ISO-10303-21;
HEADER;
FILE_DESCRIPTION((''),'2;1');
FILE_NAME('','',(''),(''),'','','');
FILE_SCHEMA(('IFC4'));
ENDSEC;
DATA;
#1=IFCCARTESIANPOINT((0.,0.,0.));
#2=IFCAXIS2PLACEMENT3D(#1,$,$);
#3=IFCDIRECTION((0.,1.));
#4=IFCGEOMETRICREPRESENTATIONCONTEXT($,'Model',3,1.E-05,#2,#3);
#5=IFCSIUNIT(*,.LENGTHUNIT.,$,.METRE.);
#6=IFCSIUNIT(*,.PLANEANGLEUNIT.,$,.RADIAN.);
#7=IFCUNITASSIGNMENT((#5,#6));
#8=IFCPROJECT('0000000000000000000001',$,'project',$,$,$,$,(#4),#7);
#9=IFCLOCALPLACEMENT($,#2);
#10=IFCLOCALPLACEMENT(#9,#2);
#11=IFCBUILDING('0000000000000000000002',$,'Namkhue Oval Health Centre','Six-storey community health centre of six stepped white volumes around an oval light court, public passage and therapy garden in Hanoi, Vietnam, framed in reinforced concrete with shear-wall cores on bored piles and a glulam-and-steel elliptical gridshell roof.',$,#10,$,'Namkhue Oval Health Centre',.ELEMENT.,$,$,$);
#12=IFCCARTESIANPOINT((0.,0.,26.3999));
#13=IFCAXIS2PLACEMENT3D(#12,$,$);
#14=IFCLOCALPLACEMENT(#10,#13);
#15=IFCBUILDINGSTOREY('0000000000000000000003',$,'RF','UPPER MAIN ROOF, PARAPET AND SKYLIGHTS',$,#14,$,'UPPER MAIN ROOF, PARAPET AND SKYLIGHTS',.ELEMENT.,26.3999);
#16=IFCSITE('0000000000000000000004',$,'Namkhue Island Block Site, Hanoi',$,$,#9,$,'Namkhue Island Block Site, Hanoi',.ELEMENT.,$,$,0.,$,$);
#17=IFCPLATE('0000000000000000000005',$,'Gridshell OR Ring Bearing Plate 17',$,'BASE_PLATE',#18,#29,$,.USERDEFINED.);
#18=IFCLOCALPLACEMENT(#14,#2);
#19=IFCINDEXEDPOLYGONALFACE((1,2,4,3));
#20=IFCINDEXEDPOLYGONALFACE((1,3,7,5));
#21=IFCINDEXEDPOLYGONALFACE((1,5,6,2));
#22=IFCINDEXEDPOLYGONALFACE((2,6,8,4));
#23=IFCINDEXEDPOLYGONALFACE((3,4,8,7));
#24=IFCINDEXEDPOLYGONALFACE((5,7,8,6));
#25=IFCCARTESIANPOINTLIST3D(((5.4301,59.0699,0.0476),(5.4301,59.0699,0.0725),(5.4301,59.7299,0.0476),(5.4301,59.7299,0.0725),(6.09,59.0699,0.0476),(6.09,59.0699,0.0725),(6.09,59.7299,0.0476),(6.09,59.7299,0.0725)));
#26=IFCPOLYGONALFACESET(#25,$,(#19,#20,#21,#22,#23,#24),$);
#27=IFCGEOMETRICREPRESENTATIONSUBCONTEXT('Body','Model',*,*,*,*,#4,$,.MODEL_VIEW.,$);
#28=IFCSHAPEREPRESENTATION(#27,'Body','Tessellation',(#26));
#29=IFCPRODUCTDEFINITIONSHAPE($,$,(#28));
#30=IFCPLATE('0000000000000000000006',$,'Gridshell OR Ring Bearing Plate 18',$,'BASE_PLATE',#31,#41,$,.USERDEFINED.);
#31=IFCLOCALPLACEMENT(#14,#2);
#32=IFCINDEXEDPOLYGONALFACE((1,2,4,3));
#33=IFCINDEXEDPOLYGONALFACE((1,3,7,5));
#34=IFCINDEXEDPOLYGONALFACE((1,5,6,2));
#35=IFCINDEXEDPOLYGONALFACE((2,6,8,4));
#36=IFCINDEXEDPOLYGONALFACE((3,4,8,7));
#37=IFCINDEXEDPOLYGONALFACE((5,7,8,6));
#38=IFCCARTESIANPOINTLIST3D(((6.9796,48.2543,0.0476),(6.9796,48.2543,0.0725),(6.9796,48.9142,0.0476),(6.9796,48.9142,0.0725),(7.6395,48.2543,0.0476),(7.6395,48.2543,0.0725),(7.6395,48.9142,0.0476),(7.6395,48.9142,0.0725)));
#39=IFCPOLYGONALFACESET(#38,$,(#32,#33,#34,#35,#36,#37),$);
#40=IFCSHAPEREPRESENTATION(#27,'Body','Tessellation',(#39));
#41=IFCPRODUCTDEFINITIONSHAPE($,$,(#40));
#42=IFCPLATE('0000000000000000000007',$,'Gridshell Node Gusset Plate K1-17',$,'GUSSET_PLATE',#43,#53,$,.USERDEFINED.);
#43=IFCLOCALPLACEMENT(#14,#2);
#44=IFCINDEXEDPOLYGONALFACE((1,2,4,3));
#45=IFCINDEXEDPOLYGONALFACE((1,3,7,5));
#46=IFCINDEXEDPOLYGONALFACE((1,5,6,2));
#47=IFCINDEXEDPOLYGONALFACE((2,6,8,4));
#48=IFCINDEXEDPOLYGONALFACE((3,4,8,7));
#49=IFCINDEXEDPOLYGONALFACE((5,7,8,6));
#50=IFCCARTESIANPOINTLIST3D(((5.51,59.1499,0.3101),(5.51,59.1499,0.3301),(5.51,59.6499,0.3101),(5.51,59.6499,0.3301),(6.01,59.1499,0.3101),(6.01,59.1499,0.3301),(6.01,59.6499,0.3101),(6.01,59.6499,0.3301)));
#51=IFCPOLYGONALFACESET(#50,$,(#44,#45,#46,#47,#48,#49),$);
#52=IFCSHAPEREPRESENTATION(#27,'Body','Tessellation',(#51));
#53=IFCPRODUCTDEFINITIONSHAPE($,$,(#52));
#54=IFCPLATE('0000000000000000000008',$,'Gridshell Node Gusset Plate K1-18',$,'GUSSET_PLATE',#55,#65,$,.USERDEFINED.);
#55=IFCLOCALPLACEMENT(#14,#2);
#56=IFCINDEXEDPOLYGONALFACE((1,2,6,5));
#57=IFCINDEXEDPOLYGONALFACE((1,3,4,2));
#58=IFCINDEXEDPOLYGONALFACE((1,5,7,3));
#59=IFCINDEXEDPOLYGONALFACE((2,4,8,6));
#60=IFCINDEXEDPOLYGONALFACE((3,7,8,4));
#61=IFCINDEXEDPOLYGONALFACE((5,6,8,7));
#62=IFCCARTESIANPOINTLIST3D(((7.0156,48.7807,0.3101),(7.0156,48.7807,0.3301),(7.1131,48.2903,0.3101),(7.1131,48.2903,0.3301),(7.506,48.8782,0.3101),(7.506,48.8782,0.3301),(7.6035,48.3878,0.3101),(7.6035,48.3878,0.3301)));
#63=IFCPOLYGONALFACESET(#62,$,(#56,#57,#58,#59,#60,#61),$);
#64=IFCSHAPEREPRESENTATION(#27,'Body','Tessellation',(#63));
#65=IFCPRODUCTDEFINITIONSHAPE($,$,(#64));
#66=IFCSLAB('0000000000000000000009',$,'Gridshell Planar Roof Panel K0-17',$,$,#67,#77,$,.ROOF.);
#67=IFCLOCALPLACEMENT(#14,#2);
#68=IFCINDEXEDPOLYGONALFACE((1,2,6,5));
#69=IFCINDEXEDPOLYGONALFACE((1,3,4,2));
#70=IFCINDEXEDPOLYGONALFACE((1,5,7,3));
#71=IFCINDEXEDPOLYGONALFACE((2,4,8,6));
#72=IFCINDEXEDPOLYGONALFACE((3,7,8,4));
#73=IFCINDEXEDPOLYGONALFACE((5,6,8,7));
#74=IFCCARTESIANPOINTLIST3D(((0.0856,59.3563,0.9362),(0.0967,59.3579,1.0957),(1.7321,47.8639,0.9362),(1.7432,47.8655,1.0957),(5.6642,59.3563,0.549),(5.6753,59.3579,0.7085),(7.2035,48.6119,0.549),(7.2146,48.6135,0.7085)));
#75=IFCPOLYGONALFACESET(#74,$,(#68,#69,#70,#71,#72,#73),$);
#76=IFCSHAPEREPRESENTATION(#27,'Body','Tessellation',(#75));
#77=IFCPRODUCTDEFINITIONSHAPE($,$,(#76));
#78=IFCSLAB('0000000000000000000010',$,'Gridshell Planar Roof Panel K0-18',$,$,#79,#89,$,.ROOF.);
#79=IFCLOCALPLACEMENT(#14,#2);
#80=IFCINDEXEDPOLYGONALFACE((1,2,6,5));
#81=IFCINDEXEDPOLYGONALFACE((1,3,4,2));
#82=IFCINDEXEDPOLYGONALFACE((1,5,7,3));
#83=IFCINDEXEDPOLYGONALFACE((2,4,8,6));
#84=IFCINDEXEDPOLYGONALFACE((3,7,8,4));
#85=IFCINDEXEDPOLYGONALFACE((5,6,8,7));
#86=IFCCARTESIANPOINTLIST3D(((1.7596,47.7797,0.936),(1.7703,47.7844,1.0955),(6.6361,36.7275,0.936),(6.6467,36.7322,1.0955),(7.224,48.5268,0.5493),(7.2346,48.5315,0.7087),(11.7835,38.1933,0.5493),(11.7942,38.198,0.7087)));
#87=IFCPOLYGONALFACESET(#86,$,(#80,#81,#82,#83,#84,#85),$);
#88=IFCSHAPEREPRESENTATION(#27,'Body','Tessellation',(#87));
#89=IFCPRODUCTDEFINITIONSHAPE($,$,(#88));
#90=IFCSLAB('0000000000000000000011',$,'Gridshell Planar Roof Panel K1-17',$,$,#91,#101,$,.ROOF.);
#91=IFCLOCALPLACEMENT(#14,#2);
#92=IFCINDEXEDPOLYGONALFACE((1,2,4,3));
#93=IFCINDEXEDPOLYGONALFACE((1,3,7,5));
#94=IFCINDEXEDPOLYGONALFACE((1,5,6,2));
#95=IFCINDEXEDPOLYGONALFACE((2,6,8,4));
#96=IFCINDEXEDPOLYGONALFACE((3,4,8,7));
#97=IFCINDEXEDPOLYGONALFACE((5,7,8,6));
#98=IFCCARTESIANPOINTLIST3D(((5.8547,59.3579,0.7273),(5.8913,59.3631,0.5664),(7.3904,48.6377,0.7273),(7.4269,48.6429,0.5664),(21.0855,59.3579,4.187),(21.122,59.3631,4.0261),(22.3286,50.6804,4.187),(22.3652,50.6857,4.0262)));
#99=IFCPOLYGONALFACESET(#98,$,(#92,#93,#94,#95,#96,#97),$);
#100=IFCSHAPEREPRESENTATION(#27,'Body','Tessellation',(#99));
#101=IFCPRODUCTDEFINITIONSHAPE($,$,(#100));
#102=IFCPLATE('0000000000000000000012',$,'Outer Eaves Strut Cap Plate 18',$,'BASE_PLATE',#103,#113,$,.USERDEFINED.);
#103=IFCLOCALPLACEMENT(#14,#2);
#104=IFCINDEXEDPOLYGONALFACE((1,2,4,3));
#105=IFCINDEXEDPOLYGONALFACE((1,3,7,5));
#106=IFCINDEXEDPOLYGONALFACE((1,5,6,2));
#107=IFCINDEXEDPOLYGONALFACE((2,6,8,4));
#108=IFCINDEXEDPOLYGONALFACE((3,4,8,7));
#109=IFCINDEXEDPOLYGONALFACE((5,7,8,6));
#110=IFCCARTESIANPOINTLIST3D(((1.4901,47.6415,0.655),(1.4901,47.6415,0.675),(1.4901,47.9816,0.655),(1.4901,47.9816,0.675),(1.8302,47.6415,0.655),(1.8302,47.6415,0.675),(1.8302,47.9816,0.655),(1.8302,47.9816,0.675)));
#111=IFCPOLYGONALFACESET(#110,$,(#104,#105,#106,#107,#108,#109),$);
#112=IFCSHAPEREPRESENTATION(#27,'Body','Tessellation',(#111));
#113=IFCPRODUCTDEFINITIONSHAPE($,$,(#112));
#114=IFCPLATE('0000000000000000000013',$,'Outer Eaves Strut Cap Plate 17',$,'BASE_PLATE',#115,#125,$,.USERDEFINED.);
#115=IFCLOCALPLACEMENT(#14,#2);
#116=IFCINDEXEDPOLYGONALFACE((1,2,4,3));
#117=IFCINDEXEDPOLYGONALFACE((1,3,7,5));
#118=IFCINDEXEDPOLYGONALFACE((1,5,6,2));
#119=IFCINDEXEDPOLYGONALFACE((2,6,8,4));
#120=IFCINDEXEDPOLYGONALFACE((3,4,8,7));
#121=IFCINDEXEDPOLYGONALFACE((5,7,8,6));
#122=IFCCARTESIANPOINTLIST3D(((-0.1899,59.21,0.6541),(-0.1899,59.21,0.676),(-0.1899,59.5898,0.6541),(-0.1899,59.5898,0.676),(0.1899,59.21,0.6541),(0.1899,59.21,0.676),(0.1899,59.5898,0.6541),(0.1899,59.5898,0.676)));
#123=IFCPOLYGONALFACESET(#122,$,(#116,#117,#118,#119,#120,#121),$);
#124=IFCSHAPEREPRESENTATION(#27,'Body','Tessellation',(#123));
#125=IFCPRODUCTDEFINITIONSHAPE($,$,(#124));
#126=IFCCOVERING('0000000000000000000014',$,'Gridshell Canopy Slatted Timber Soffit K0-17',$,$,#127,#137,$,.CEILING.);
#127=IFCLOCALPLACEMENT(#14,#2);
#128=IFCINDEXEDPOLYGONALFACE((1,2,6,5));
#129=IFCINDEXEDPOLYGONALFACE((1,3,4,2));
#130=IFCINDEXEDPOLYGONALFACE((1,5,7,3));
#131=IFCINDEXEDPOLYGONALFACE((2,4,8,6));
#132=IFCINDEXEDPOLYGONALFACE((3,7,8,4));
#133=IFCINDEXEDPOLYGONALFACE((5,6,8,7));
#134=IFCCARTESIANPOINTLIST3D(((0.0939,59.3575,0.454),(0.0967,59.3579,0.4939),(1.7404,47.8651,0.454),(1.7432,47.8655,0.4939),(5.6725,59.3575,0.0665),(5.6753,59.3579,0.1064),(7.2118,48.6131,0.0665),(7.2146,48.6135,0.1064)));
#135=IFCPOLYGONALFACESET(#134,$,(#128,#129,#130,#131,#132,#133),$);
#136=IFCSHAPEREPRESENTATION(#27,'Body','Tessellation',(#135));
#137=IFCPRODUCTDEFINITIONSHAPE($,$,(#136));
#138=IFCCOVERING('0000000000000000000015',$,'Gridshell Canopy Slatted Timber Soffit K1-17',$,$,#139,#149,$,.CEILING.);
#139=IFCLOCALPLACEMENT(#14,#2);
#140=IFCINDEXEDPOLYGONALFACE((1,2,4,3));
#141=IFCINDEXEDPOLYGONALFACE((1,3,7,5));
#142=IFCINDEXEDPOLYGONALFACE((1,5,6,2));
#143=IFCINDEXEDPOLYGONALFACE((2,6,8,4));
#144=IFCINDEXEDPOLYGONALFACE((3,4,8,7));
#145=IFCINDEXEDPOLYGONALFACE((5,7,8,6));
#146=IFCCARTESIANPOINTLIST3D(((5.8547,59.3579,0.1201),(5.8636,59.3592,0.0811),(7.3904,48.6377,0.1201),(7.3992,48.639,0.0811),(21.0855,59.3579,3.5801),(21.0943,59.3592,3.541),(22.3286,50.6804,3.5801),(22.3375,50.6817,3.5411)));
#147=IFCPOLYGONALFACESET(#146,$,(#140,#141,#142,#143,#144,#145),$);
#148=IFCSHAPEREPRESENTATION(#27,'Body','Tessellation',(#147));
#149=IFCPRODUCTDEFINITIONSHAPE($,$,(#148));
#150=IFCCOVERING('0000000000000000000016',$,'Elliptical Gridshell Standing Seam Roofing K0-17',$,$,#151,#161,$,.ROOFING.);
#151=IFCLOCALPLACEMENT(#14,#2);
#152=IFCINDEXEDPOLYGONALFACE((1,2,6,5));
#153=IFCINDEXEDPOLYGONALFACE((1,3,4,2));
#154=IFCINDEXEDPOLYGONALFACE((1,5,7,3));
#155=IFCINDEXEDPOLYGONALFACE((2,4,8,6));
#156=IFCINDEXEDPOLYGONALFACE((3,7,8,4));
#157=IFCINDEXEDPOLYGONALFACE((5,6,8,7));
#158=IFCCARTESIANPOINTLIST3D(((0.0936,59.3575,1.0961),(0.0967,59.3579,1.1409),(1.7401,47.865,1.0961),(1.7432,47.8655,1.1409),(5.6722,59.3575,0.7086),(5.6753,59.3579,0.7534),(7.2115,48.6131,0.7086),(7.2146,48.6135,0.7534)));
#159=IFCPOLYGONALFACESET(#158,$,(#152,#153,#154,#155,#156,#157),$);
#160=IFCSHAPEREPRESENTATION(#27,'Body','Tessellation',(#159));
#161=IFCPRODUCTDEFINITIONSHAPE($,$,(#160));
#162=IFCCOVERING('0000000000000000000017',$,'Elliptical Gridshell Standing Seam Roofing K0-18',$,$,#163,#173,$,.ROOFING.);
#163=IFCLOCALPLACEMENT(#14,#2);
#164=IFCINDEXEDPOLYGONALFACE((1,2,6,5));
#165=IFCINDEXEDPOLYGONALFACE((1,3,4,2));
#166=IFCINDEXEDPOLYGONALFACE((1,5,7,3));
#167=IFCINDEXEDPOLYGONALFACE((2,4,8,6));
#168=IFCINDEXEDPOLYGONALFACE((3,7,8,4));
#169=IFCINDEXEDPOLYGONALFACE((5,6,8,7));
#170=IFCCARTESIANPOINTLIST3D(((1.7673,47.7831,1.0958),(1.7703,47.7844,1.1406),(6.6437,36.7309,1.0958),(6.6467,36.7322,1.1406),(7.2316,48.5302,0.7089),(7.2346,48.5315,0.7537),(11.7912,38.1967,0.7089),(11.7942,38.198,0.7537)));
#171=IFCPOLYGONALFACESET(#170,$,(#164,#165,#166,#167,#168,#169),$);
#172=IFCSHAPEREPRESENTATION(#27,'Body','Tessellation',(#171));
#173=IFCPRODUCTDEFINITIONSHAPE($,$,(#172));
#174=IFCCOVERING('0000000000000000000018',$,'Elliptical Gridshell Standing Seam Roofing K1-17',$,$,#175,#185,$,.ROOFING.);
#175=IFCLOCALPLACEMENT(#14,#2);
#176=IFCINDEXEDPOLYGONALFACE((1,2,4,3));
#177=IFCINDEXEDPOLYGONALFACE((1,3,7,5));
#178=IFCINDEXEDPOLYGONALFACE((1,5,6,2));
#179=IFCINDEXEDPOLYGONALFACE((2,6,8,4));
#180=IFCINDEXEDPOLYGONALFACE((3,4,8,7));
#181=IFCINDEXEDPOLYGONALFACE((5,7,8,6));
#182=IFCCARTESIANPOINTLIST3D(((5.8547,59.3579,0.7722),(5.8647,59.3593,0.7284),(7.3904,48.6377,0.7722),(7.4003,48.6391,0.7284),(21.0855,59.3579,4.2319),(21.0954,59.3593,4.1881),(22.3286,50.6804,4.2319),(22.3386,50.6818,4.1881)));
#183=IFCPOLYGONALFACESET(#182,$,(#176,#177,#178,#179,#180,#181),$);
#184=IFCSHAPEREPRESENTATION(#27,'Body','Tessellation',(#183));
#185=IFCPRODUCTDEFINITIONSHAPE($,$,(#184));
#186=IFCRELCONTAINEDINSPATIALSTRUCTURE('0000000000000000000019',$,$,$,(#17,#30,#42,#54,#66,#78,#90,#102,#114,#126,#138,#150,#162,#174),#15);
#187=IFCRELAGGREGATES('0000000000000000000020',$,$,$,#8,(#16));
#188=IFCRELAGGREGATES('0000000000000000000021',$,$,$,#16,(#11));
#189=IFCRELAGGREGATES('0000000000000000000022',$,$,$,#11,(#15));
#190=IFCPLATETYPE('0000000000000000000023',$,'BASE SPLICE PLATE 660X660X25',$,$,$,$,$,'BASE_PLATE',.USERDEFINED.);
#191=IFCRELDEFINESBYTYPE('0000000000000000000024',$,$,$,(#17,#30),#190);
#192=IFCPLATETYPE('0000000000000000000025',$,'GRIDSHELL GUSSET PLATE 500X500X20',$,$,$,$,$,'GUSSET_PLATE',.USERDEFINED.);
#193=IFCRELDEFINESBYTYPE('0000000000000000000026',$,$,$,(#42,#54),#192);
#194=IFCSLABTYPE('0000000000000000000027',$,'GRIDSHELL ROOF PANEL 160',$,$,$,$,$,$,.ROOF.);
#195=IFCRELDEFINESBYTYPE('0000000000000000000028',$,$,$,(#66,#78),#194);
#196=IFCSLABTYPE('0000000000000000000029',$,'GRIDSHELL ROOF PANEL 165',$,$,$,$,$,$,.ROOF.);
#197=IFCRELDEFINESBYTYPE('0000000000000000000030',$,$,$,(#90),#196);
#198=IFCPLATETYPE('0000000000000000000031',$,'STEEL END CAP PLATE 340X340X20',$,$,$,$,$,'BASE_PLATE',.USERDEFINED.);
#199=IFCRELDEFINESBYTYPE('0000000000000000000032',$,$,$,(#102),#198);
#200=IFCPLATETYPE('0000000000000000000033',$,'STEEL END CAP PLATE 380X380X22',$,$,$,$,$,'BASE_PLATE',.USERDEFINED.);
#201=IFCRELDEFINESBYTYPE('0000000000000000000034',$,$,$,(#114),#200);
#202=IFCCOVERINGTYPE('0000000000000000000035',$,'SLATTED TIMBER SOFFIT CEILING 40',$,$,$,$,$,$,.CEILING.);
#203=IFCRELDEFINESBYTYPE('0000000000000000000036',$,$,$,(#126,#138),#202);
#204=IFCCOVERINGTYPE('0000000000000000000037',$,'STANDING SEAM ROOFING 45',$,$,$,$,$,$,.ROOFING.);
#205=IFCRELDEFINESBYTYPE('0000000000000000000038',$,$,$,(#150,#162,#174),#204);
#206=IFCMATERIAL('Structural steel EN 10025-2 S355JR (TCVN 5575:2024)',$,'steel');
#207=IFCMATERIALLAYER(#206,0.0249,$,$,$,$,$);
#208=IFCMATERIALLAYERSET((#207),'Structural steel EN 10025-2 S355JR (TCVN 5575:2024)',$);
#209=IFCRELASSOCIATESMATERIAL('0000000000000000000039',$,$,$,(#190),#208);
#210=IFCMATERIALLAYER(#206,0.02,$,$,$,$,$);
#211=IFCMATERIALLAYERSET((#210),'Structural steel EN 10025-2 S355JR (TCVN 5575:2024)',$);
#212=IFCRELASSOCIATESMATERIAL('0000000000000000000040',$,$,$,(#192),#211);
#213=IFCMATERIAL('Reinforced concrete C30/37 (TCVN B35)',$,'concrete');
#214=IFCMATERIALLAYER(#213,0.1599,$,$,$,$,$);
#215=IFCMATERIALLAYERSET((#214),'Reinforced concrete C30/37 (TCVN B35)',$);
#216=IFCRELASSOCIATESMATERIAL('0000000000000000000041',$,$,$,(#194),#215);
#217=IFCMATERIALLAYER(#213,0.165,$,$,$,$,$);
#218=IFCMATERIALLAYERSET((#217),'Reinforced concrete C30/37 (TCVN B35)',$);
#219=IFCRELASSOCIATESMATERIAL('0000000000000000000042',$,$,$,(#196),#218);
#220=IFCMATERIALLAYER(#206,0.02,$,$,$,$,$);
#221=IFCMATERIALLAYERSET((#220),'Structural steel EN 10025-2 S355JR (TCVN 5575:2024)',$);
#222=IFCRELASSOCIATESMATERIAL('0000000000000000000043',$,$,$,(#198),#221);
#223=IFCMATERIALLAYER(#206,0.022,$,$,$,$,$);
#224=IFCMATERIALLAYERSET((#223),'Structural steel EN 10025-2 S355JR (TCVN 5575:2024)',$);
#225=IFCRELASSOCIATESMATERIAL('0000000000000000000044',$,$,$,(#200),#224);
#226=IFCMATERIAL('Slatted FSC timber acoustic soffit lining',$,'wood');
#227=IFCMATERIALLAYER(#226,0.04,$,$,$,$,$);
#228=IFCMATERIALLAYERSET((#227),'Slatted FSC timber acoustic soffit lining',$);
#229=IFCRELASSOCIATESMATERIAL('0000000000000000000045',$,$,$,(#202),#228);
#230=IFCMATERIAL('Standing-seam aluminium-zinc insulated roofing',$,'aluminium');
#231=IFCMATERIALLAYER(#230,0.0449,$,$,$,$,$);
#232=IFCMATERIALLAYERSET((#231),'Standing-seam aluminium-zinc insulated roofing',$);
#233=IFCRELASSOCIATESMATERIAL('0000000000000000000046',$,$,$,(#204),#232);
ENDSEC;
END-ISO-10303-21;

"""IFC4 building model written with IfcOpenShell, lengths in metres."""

from ifc_helpers import new_model, si_unit, direction, frame, origin, origin_2d, place, context, subcontext, project, spatial, polyline, rectangle, outline, extrude, material, layer, layer_set, type_object, element, save


model = new_model("IFC4")

# Units and contexts
model_context = context("Model", 3, precision=1e-05, world=origin(), true_north=direction((0.0, 1.0)))
body_context = subcontext(model_context, "Body", "Model", "MODEL_VIEW")
ifc_project = project(units=[si_unit("LENGTHUNIT", "METRE"), si_unit("PLANEANGLEUNIT", "RADIAN")], contexts=[model_context])

# Site, building, storey
site_placement = place(None, origin())
site = spatial("IfcSite", under=ifc_project, at=site_placement, Name="Namkhue Island Block Site, Hanoi", LongName="Namkhue Island Block Site, Hanoi", CompositionType="ELEMENT", RefElevation=0.0)
building_placement = place(site_placement, origin())
building = spatial("IfcBuilding", under=site, at=building_placement, Name="Namkhue Oval Health Centre", Description="Six-storey community health centre of six stepped white volumes around an oval light court, public passage and therapy garden in Hanoi, Vietnam, framed in reinforced concrete with shear-wall cores on bored piles and a glulam-and-steel elliptical gridshell roof.", LongName="Namkhue Oval Health Centre", CompositionType="ELEMENT")
storey_placement = place(building_placement, frame((0.0, 0.0, 26.3999)))
storey = spatial("IfcBuildingStorey", under=building, at=storey_placement, Name="RF", Description="UPPER MAIN ROOF, PARAPET AND SKYLIGHTS", LongName="UPPER MAIN ROOF, PARAPET AND SKYLIGHTS", CompositionType="ELEMENT", Elevation=26.3999)

# Shared definitions
ifc_material_1 = material(Name="Structural steel EN 10025-2 S355JR (TCVN 5575:2024)", Category="steel")

# Plates
ifc_layer_1 = layer(ifc_material_1, 0.0249)
ifc_layer_set_1 = layer_set([ifc_layer_1], Name="Structural steel EN 10025-2 S355JR (TCVN 5575:2024)")
plate_type_1 = type_object("IfcPlateType", Name="BASE SPLICE PLATE 660X660X25", ElementType="BASE_PLATE", PredefinedType="USERDEFINED", material=ifc_layer_set_1)
for number, where, z_axis, x_axis, name in (
    (1, (5.76, 59.3999, 0.0476), (0.0, 0.0, 1.0), (1.0, 0.0, 0.0), "Gridshell OR Ring Bearing Plate 17"),
    (2, (7.3096, 48.5842, 0.0476), (0.0, 0.0, 1.0), (1.0, 0.0, 0.0), "Gridshell OR Ring Bearing Plate 18"),
):
    element("IfcPlate", number, at=place(storey_placement, frame(where, z_axis=z_axis, x_axis=x_axis)), inside=storey, type_object=plate_type_1, Name=name, ObjectType="BASE_PLATE", PredefinedType="USERDEFINED", context=body_context, shape_type="SweptSolid", body=[
        extrude(rectangle(XDim=0.6599, YDim=0.6599, at=origin_2d()), origin(), (0.0, 0.0, 1.0), 0.0249),
    ])
ifc_layer_2 = layer(ifc_material_1, 0.02)
ifc_layer_set_2 = layer_set([ifc_layer_2], Name="Structural steel EN 10025-2 S355JR (TCVN 5575:2024)")
plate_type_2 = type_object("IfcPlateType", Name="GRIDSHELL GUSSET PLATE 500X500X20", ElementType="GUSSET_PLATE", PredefinedType="USERDEFINED", material=ifc_layer_set_2)
for number, where, z_axis, x_axis, name in (
    (3, (5.76, 59.3999, 0.3101), (0.0, 0.0, 1.0), (-1.0, 0.0, 0.0), "Gridshell Node Gusset Plate K1-17"),
    (4, (7.3096, 48.5842, 0.3101), (0.0, 0.0, 1.0), (-0.980785, -0.19509, 0.0), "Gridshell Node Gusset Plate K1-18"),
):
    element("IfcPlate", number, at=place(storey_placement, frame(where, z_axis=z_axis, x_axis=x_axis)), inside=storey, type_object=plate_type_2, Name=name, ObjectType="GUSSET_PLATE", PredefinedType="USERDEFINED", context=body_context, shape_type="SweptSolid", body=[
        extrude(rectangle(XDim=0.5, YDim=0.5, at=origin_2d()), origin(), (0.0, 0.0, 1.0), 0.02),
    ])

# Slabs
ifc_material_2 = material(Name="Reinforced concrete C30/37 (TCVN B35)", Category="concrete")
ifc_layer_3 = layer(ifc_material_2, 0.1599)
ifc_layer_set_3 = layer_set([ifc_layer_3], Name="Reinforced concrete C30/37 (TCVN B35)")
slab_type_1 = type_object("IfcSlabType", Name="GRIDSHELL ROOF PANEL 160", PredefinedType="ROOF", material=ifc_layer_set_3)
slab_1_placement = place(storey_placement, frame((0.0967, 59.3579, 1.0957), z_axis=(0.069239, 0.00992, 0.997551), x_axis=(0.141819, -0.989893, 0.0)))
element("IfcSlab", 5, at=slab_1_placement, inside=storey, type_object=slab_type_1, Name="Gridshell Planar Roof Panel K0-17", PredefinedType="ROOF", context=body_context, shape_type="SweptSolid", body=[
    extrude(outline(polyline([(0.0, 0.0), (11.6098, 0.0), (11.6452, 5.5358), (0.7912, 5.5358), (0.0, 0.0)])), origin(), (0.0, 0.0, -1.0), 0.1599),
])
slab_2_placement = place(storey_placement, frame((1.7703, 47.7844, 1.0955), z_axis=(0.066567, 0.029371, 0.99735), x_axis=(0.403673, -0.914903, 0.000001)))
element("IfcSlab", 6, at=slab_2_placement, inside=storey, type_object=slab_type_1, Name="Gridshell Planar Roof Panel K0-18", PredefinedType="ROOF", context=body_context, shape_type="SweptSolid", body=[
    extrude(outline(polyline([(0.0, 0.0), (12.0802, 0.0), (12.817, 5.3152), (1.5223, 5.315), (0.0, 0.0)])), origin(), (0.0, 0.0, -1.0), 0.1599),
])
ifc_layer_4 = layer(ifc_material_2, 0.165)
ifc_layer_set_4 = layer_set([ifc_layer_4], Name="Reinforced concrete C30/37 (TCVN B35)")
slab_type_2 = type_object("IfcSlabType", Name="GRIDSHELL ROOF PANEL 165", PredefinedType="ROOF", material=ifc_layer_set_4)
slab_3_placement = place(storey_placement, frame((5.8547, 59.3579, 0.7273), z_axis=(-0.221399, -0.031716, 0.974668), x_axis=(0.1418, -0.989895, -0.000001)))
element("IfcSlab", 7, at=slab_3_placement, inside=storey, type_object=slab_type_2, Name="Gridshell Planar Roof Panel K1-17", PredefinedType="ROOF", context=body_context, shape_type="SweptSolid", body=[
    extrude(outline(polyline([(0.0, 0.0), (10.8296, 0.0), (10.9258, 15.4688), (2.1597, 15.4687), (0.0, 0.0)])), origin(), (0.0, 0.0, -1.0), 0.165),
])

# Plates
ifc_layer_5 = layer(ifc_material_1, 0.02)
ifc_layer_set_5 = layer_set([ifc_layer_5], Name="Structural steel EN 10025-2 S355JR (TCVN 5575:2024)")
plate_type_3 = type_object("IfcPlateType", Name="STEEL END CAP PLATE 340X340X20", ElementType="BASE_PLATE", PredefinedType="USERDEFINED", material=ifc_layer_set_5)
plate_1_placement = place(storey_placement, frame((1.6602, 47.8115, 0.655), z_axis=(0.0, 0.0, 1.0), x_axis=(1.0, 0.0, 0.0)))
element("IfcPlate", 8, at=plate_1_placement, inside=storey, type_object=plate_type_3, Name="Outer Eaves Strut Cap Plate 18", ObjectType="BASE_PLATE", PredefinedType="USERDEFINED", context=body_context, shape_type="SweptSolid", body=[
    extrude(rectangle(XDim=0.3401, YDim=0.3401, at=origin_2d()), origin(), (0.0, 0.0, 1.0), 0.02),
])
ifc_layer_6 = layer(ifc_material_1, 0.022)
ifc_layer_set_6 = layer_set([ifc_layer_6], Name="Structural steel EN 10025-2 S355JR (TCVN 5575:2024)")
plate_type_4 = type_object("IfcPlateType", Name="STEEL END CAP PLATE 380X380X22", ElementType="BASE_PLATE", PredefinedType="USERDEFINED", material=ifc_layer_set_6)
plate_2_placement = place(storey_placement, frame((0.0, 59.3999, 0.6541), z_axis=(0.0, 0.0, 1.0), x_axis=(1.0, 0.0, 0.0)))
element("IfcPlate", 9, at=plate_2_placement, inside=storey, type_object=plate_type_4, Name="Outer Eaves Strut Cap Plate 17", ObjectType="BASE_PLATE", PredefinedType="USERDEFINED", context=body_context, shape_type="SweptSolid", body=[
    extrude(rectangle(XDim=0.3799, YDim=0.3799, at=origin_2d()), origin(), (0.0, 0.0, 1.0), 0.022),
])

# Coverings
ifc_material_3 = material(Name="Slatted FSC timber acoustic soffit lining", Category="wood")
ifc_layer_7 = layer(ifc_material_3, 0.04)
ifc_layer_set_7 = layer_set([ifc_layer_7], Name="Slatted FSC timber acoustic soffit lining")
covering_type_1 = type_object("IfcCoveringType", Name="SLATTED TIMBER SOFFIT CEILING 40", PredefinedType="CEILING", material=ifc_layer_set_7)
covering_1_placement = place(storey_placement, frame((0.0967, 59.3579, 0.4939), z_axis=(0.069283, 0.009926, 0.997548), x_axis=(0.141819, -0.989893, 0.0)))
element("IfcCovering", 10, at=covering_1_placement, inside=storey, type_object=covering_type_1, Name="Gridshell Canopy Slatted Timber Soffit K0-17", PredefinedType="CEILING", context=body_context, shape_type="SweptSolid", body=[
    extrude(outline(polyline([(0.0, 0.0), (11.6098, 0.0), (11.6452, 5.5358), (0.7912, 5.5358), (0.0, 0.0)])), origin(), (0.0, 0.0, -1.0), 0.04),
])
covering_2_placement = place(storey_placement, frame((5.8547, 59.3579, 0.1201), z_axis=(-0.221413, -0.031718, 0.974664), x_axis=(0.1418, -0.989895, -0.000001)))
element("IfcCovering", 11, at=covering_2_placement, inside=storey, type_object=covering_type_1, Name="Gridshell Canopy Slatted Timber Soffit K1-17", PredefinedType="CEILING", context=body_context, shape_type="SweptSolid", body=[
    extrude(outline(polyline([(0.0, 0.0), (10.8296, 0.0), (10.9258, 15.4689), (2.1597, 15.4687), (0.0, 0.0)])), origin(), (0.0, 0.0, -1.0), 0.04),
])
ifc_material_4 = material(Name="Standing-seam aluminium-zinc insulated roofing", Category="aluminium")
ifc_layer_8 = layer(ifc_material_4, 0.0449)
ifc_layer_set_8 = layer_set([ifc_layer_8], Name="Standing-seam aluminium-zinc insulated roofing")
covering_type_2 = type_object("IfcCoveringType", Name="STANDING SEAM ROOFING 45", PredefinedType="ROOFING", material=ifc_layer_set_8)
covering_3_placement = place(storey_placement, frame((0.0967, 59.3579, 1.1409), z_axis=(0.069283, 0.009926, 0.997548), x_axis=(0.141819, -0.989893, 0.0)))
element("IfcCovering", 12, at=covering_3_placement, inside=storey, type_object=covering_type_2, Name="Elliptical Gridshell Standing Seam Roofing K0-17", PredefinedType="ROOFING", context=body_context, shape_type="SweptSolid", body=[
    extrude(outline(polyline([(0.0, 0.0), (11.6098, 0.0), (11.6452, 5.5358), (0.7912, 5.5358), (0.0, 0.0)])), origin(), (0.0, 0.0, -1.0), 0.0449),
])
covering_4_placement = place(storey_placement, frame((1.7703, 47.7844, 1.1406), z_axis=(0.066608, 0.02939, 0.997346), x_axis=(0.403673, -0.914903, 0.000001)))
element("IfcCovering", 13, at=covering_4_placement, inside=storey, type_object=covering_type_2, Name="Elliptical Gridshell Standing Seam Roofing K0-18", PredefinedType="ROOFING", context=body_context, shape_type="SweptSolid", body=[
    extrude(outline(polyline([(0.0, 0.0), (12.0802, 0.0), (12.817, 5.3152), (1.5223, 5.315), (0.0, 0.0)])), origin(), (0.0, 0.0, -1.0), 0.0449),
])
covering_5_placement = place(storey_placement, frame((5.8547, 59.3579, 0.7722), z_axis=(-0.221399, -0.031716, 0.974668), x_axis=(0.1418, -0.989895, -0.000001)))
element("IfcCovering", 14, at=covering_5_placement, inside=storey, type_object=covering_type_2, Name="Elliptical Gridshell Standing Seam Roofing K1-17", PredefinedType="ROOFING", context=body_context, shape_type="SweptSolid", body=[
    extrude(outline(polyline([(0.0, 0.0), (10.8296, 0.0), (10.9258, 15.4688), (2.1597, 15.4687), (0.0, 0.0)])), origin(), (0.0, 0.0, -1.0), 0.0449),
])

save(model, "model.ifc")
